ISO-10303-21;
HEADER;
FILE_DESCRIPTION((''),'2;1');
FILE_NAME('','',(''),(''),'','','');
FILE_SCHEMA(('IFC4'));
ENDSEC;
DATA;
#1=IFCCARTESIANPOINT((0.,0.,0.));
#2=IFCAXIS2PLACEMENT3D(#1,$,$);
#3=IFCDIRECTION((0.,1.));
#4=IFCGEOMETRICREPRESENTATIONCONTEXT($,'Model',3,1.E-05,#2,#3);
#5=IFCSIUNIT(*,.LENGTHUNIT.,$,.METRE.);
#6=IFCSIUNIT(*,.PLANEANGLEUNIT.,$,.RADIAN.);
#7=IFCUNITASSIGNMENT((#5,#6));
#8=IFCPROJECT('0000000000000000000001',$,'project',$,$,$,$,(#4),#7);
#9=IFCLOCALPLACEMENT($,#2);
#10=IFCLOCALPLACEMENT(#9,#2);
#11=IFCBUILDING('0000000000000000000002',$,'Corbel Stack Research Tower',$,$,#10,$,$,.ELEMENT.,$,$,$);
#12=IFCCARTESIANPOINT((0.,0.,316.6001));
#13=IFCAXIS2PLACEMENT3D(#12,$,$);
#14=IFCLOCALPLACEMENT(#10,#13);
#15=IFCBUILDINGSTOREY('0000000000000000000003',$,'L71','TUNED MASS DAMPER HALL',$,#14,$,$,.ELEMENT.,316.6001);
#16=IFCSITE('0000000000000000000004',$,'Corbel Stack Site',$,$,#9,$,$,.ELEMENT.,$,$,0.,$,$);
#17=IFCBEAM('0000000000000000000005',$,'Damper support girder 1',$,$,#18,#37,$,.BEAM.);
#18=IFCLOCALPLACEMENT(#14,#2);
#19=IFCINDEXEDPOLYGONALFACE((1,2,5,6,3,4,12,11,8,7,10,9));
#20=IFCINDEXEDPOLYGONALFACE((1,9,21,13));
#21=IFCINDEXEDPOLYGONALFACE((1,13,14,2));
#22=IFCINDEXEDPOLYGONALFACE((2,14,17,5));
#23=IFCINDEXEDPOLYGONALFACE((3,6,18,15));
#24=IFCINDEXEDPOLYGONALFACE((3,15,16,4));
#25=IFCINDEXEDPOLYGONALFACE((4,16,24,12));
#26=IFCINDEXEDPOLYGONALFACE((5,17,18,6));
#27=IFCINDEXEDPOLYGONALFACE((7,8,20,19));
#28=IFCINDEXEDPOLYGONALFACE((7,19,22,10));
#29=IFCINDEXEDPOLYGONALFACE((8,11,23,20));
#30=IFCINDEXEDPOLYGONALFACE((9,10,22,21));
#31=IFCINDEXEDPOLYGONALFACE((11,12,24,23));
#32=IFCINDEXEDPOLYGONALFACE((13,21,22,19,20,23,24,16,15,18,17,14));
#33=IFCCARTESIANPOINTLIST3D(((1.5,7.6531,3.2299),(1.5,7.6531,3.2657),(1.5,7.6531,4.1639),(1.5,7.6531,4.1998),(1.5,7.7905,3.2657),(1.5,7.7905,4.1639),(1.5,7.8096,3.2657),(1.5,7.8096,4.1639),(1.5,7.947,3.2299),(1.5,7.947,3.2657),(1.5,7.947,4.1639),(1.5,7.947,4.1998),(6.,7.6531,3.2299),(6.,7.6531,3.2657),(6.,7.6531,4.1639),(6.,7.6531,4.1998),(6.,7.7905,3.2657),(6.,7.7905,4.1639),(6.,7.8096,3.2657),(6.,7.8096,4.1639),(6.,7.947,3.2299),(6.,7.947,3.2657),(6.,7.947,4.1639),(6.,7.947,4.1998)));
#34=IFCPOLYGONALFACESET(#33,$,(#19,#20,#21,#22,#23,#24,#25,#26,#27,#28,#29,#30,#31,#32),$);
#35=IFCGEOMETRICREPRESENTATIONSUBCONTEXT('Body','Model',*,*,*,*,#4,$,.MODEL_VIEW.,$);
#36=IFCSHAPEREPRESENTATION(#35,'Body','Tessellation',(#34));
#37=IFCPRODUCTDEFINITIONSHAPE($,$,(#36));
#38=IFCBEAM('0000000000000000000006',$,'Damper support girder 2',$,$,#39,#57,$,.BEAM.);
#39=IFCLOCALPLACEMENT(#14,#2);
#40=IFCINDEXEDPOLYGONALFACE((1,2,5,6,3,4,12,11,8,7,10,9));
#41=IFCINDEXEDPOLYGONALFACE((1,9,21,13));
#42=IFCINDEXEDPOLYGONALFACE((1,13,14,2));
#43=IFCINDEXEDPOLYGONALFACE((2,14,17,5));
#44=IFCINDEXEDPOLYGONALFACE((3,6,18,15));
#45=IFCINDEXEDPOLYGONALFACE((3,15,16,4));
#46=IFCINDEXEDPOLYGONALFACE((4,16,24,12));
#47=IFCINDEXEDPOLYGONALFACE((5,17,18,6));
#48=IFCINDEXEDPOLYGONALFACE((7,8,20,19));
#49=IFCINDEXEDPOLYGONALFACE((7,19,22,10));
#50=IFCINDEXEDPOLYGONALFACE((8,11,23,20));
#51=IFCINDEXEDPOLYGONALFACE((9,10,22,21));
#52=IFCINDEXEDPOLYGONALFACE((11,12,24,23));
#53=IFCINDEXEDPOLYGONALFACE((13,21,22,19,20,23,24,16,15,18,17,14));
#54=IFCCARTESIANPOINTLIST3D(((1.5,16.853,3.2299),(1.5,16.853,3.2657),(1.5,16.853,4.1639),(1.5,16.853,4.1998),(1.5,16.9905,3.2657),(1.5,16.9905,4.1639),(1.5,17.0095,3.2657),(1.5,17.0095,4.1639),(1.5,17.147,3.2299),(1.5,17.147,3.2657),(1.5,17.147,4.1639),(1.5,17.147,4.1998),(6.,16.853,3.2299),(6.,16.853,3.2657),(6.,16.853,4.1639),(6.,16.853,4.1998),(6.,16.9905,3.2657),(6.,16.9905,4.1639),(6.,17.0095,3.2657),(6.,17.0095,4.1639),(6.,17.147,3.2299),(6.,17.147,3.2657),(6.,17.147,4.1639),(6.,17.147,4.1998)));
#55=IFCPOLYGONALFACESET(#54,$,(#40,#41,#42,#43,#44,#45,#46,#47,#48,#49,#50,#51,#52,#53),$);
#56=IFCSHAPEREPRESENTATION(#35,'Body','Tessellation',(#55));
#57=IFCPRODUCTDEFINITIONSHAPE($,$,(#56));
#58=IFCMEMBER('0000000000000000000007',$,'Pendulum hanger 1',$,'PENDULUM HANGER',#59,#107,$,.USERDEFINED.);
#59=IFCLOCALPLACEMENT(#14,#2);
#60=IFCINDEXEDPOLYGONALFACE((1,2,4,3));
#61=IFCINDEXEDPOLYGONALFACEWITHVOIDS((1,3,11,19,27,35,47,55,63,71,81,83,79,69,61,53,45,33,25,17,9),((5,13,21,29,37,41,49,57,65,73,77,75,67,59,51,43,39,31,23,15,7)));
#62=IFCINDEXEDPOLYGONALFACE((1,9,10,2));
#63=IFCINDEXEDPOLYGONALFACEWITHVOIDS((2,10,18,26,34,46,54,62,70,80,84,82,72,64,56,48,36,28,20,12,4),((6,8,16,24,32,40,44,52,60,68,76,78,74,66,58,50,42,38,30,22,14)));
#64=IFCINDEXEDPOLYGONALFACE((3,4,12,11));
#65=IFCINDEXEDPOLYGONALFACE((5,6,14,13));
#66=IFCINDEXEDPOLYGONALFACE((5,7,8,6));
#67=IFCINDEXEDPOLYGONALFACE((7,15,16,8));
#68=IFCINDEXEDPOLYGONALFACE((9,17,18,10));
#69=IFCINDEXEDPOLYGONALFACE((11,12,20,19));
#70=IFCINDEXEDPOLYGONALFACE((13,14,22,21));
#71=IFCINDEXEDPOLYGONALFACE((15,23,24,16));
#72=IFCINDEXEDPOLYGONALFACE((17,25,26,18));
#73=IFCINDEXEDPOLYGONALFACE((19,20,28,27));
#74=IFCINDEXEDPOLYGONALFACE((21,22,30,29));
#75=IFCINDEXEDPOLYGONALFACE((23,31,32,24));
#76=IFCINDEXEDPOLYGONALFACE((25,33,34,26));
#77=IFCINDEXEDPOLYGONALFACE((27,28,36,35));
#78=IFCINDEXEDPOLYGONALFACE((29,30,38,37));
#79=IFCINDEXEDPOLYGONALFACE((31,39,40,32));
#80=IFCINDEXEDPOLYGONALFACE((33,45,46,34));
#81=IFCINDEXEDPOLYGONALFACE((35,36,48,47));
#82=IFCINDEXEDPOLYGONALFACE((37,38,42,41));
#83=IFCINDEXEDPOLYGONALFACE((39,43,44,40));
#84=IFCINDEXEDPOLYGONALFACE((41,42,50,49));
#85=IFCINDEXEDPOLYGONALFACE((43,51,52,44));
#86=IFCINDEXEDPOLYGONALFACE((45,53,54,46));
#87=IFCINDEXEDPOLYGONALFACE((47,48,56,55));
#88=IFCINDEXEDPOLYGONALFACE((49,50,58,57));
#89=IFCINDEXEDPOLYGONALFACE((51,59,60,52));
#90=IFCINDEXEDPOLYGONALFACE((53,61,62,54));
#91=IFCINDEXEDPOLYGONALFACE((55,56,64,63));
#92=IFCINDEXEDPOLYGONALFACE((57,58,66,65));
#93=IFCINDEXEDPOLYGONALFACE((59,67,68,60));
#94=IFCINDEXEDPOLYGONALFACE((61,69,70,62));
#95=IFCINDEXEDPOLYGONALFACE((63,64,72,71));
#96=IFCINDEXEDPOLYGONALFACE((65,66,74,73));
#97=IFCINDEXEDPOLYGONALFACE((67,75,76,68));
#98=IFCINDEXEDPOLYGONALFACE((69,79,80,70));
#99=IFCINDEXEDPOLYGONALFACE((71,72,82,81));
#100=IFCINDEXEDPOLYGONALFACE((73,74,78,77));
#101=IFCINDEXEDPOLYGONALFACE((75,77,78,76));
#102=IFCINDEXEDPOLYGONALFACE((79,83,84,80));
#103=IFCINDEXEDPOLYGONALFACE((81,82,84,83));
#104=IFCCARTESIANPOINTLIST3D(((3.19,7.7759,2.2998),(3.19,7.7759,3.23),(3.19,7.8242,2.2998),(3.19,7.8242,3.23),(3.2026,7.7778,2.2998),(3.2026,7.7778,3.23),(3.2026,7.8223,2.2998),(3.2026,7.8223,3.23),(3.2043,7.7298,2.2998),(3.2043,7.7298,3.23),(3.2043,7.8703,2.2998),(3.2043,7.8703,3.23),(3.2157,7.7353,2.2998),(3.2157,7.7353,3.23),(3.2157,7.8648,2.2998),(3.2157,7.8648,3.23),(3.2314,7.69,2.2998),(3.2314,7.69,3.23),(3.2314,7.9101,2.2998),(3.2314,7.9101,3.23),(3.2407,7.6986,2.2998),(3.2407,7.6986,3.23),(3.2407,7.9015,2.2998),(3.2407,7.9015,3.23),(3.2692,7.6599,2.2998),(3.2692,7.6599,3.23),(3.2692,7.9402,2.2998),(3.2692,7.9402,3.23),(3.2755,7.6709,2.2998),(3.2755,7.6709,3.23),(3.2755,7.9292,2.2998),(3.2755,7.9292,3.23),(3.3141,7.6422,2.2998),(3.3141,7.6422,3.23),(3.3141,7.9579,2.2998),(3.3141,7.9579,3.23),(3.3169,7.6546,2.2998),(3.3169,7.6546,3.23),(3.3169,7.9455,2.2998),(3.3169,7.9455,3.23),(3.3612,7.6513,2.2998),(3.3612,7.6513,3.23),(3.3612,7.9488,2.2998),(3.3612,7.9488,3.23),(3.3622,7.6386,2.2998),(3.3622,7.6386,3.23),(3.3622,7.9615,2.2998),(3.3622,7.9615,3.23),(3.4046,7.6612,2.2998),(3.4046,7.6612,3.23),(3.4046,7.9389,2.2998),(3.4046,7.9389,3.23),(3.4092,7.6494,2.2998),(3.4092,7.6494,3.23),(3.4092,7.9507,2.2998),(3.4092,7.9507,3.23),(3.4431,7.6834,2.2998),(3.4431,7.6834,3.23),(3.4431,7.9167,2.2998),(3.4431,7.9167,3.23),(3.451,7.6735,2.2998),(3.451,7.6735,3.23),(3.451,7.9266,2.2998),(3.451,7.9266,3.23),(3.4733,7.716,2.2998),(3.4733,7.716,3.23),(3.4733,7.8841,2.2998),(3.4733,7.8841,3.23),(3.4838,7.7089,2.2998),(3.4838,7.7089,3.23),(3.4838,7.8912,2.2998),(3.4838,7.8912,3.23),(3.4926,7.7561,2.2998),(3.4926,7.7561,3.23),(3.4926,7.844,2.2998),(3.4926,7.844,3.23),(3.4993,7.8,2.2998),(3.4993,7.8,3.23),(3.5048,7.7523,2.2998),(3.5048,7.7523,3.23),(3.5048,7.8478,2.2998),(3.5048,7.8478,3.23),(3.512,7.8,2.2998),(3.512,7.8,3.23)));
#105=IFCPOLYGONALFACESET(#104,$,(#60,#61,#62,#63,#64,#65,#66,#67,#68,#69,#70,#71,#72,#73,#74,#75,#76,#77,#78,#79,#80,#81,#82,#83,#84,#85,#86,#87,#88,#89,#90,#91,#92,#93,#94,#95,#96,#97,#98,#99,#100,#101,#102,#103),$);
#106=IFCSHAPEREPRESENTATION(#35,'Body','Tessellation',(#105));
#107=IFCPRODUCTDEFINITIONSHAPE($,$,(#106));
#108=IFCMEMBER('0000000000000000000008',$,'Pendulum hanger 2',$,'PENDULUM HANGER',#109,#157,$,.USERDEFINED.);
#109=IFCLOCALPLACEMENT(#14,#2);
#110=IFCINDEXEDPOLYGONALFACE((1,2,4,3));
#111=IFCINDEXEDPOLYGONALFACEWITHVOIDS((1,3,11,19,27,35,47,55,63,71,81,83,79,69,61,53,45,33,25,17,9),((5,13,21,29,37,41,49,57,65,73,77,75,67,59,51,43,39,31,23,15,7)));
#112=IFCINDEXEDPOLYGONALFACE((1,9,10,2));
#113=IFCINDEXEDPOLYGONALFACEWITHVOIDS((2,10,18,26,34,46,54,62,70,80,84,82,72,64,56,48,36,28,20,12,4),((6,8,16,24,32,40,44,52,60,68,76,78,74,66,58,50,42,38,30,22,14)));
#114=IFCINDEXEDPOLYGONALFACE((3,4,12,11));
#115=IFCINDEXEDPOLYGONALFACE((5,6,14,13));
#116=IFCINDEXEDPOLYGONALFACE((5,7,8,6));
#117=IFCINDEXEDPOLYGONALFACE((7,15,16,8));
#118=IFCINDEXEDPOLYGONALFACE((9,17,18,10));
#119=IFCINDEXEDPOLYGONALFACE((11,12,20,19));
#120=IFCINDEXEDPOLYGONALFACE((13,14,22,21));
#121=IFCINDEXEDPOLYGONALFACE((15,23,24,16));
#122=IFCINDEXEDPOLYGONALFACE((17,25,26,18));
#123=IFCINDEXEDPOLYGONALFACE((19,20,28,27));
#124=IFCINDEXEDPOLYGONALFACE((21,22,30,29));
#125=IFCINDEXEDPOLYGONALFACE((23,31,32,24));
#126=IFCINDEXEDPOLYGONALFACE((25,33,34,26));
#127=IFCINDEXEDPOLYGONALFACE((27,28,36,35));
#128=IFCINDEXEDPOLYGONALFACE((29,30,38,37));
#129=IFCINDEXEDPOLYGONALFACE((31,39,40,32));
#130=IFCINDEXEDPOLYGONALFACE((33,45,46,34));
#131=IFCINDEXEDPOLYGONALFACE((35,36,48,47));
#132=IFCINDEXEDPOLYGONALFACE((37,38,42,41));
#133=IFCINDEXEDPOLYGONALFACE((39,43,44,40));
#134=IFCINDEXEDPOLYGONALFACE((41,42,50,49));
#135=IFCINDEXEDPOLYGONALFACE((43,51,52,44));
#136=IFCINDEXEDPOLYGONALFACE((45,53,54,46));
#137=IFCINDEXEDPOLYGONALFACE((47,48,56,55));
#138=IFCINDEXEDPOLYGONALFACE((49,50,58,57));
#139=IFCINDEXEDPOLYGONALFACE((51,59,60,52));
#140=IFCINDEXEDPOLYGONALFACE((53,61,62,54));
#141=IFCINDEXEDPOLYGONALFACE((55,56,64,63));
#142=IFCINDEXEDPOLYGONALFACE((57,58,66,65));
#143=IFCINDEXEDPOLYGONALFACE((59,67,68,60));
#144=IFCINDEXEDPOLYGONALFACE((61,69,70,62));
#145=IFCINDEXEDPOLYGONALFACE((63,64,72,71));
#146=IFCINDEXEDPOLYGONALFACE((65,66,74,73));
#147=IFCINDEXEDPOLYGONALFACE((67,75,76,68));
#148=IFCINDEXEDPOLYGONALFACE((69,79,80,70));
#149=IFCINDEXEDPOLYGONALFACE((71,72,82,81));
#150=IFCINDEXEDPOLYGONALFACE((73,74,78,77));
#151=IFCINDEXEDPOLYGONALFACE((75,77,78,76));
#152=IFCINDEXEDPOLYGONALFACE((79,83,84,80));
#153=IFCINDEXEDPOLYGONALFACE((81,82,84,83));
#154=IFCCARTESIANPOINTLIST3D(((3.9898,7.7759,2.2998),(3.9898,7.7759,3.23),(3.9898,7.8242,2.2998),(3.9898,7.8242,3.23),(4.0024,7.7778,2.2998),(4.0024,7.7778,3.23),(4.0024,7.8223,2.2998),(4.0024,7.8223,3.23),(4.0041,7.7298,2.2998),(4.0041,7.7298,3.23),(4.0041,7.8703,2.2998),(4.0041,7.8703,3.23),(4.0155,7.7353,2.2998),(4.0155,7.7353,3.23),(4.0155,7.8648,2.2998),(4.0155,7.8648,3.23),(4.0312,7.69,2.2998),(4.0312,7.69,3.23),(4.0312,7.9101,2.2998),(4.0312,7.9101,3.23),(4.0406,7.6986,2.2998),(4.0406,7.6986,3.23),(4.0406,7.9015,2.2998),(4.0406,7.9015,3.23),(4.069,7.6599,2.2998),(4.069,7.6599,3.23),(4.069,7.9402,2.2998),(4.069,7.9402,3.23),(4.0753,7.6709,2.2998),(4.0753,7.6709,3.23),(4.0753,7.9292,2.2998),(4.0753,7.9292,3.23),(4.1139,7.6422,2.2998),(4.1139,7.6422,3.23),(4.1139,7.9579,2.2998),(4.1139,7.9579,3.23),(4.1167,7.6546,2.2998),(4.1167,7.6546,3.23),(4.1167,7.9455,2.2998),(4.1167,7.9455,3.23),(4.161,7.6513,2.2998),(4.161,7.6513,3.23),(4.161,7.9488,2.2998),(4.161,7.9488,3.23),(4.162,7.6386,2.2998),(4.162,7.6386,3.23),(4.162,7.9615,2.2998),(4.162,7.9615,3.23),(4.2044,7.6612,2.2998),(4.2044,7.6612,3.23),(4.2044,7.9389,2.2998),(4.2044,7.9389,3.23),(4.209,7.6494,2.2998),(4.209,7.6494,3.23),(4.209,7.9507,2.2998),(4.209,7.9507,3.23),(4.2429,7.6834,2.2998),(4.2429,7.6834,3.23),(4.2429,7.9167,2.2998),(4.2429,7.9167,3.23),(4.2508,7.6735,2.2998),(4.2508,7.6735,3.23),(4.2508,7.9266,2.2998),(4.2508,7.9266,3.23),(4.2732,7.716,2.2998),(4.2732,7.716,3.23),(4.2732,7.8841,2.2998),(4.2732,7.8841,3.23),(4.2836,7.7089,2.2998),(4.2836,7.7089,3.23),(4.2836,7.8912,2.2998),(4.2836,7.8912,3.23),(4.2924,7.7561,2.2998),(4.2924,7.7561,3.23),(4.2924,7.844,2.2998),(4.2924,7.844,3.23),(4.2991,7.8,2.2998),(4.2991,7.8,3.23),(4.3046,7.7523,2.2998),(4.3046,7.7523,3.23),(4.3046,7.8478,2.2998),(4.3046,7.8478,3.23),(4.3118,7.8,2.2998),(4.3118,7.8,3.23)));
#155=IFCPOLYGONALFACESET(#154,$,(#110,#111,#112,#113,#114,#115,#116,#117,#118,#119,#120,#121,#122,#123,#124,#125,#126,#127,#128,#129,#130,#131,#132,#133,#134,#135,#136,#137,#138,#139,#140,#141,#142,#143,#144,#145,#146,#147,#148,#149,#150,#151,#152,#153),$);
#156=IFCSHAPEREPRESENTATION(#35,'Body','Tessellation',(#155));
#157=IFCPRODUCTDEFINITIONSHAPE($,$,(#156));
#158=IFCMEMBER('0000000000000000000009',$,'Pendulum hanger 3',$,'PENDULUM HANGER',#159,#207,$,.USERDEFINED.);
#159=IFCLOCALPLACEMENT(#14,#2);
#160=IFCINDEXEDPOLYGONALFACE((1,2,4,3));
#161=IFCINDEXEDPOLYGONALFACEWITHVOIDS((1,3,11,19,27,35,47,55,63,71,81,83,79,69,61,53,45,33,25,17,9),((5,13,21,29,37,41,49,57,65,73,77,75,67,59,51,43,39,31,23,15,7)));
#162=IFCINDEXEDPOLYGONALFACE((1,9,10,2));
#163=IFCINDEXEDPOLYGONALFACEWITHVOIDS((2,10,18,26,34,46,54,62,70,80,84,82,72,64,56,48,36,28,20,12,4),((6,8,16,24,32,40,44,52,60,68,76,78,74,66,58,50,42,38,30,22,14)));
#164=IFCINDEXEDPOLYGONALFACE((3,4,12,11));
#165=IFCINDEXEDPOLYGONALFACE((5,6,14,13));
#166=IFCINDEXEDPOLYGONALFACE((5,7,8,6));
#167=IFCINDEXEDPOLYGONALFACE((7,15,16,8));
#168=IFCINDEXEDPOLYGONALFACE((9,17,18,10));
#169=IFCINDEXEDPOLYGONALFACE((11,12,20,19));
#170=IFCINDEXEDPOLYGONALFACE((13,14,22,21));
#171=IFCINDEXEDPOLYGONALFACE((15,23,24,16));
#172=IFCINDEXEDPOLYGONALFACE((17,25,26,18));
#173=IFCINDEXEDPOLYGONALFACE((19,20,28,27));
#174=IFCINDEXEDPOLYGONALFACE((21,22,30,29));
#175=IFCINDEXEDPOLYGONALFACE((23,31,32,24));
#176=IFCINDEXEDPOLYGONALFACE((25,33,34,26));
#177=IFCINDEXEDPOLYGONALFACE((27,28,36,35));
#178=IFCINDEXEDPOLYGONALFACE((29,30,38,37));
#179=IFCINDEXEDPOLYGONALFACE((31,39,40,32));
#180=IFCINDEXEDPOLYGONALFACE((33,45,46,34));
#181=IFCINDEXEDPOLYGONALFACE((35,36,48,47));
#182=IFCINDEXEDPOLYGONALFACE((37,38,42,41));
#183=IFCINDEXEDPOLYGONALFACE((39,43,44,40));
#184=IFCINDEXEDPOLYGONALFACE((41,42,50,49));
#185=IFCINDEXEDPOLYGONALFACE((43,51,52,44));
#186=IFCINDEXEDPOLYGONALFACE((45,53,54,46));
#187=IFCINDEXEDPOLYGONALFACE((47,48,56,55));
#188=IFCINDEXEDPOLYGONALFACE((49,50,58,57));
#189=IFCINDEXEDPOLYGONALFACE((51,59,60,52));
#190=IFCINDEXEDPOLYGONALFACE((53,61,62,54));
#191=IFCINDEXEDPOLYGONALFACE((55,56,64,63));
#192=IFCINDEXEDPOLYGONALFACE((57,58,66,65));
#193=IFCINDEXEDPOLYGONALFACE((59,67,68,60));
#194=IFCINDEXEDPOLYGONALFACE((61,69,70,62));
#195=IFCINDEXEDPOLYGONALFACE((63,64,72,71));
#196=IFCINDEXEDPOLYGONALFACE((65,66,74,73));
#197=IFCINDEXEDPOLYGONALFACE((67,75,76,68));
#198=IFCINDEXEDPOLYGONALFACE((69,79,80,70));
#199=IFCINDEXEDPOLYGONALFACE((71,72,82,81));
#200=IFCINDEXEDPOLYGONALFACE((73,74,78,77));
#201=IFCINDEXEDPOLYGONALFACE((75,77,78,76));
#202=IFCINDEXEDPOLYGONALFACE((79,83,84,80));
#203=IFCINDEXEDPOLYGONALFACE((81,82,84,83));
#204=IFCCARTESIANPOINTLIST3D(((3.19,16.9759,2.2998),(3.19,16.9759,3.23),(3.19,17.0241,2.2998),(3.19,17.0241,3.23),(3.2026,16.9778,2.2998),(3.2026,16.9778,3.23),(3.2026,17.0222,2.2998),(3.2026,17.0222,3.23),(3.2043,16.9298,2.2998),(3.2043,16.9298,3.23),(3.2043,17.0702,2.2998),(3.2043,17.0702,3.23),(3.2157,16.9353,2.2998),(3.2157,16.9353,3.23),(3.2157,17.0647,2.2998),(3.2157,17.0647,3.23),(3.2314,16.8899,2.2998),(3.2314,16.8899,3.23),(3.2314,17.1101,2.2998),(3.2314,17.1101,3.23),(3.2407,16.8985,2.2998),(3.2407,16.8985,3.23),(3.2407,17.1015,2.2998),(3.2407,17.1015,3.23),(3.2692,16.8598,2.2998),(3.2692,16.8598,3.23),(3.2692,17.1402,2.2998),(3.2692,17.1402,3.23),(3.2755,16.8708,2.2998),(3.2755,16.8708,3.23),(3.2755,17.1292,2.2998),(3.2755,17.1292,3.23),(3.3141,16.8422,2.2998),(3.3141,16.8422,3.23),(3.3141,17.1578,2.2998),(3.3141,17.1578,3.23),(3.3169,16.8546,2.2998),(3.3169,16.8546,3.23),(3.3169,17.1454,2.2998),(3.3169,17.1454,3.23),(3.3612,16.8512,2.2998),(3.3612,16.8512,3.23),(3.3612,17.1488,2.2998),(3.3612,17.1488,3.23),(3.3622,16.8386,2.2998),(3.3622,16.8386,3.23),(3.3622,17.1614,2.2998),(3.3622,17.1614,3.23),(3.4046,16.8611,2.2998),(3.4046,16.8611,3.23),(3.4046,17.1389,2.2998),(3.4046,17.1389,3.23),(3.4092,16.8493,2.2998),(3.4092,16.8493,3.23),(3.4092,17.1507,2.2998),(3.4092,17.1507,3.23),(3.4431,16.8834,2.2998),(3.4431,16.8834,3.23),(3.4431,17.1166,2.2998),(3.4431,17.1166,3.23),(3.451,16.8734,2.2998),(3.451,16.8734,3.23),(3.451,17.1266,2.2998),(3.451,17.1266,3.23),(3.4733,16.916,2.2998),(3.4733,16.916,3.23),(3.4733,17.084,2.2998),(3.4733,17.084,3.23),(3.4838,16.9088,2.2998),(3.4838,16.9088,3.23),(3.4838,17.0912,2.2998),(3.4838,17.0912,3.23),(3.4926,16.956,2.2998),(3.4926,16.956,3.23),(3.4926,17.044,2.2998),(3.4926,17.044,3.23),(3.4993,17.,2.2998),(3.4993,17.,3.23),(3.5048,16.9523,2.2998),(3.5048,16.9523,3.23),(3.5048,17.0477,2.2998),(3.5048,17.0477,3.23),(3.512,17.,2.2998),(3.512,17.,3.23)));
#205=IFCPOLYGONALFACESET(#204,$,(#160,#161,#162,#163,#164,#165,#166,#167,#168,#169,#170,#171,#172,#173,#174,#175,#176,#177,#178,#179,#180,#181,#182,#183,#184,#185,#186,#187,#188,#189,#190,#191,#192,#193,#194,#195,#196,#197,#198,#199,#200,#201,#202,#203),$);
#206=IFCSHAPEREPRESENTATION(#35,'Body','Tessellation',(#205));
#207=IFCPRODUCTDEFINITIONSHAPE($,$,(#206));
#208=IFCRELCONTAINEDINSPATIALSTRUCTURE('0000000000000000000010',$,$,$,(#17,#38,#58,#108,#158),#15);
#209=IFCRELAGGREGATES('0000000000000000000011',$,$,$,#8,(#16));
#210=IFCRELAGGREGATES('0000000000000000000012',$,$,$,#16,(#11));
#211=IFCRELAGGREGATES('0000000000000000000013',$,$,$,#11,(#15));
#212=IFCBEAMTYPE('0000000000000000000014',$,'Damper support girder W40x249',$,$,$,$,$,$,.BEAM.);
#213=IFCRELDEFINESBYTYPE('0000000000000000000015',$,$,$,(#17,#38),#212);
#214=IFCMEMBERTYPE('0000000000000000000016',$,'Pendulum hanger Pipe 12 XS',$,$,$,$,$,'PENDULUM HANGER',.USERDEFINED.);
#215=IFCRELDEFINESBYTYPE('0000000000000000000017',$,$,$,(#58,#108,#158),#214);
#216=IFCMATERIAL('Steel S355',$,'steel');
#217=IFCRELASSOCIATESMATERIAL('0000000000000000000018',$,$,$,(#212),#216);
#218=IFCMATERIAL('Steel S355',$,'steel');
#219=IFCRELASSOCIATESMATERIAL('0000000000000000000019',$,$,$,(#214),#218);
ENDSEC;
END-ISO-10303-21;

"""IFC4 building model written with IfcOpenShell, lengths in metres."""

from ifc_helpers import new_model, si_unit, direction, frame, origin, origin_2d, place, context, subcontext, project, spatial, hollow_circle, i_section, extrude, material, material_profile, profile_set, type_object, element, save


model = new_model("IFC4")

# Units and contexts
model_context = context("Model", 3, precision=1e-05, world=origin(), true_north=direction((0.0, 1.0)))
body_context = subcontext(model_context, "Body", "Model", "MODEL_VIEW")
ifc_project = project(units=[si_unit("LENGTHUNIT", "METRE"), si_unit("PLANEANGLEUNIT", "RADIAN")], contexts=[model_context])

# Site, building, storey
site_placement = place(None, origin())
site = spatial("IfcSite", under=ifc_project, at=site_placement, Name="Corbel Stack Site", CompositionType="ELEMENT", RefElevation=0.0)
building_placement = place(site_placement, origin())
building = spatial("IfcBuilding", under=site, at=building_placement, Name="Corbel Stack Research Tower", CompositionType="ELEMENT")
storey_placement = place(building_placement, frame((0.0, 0.0, 316.6001)))
storey = spatial("IfcBuildingStorey", under=building, at=storey_placement, Name="L71", Description="TUNED MASS DAMPER HALL", CompositionType="ELEMENT", Elevation=316.6001)

# Beams
ifc_material_1 = material(Name="Steel S355", Category="steel")
ifc_material_profile_1 = material_profile(ifc_material_1, i_section(OverallWidth=0.2939, OverallDepth=0.97, WebThickness=0.019, FlangeThickness=0.0359, at=origin_2d()), Name="W40x249")
ifc_profile_set_1 = profile_set([ifc_material_profile_1], Name="Steel S355")
beam_type_1 = type_object("IfcBeamType", Name="Damper support girder W40x249", PredefinedType="BEAM", material=ifc_profile_set_1)
for number, where, z_axis, x_axis, name in (
    (1, (1.5, 7.8, 3.7148), (1.0, 0.0, 0.0), (0.0, 1.0, 0.0), "Damper support girder 1"),
    (2, (1.5, 17.0, 3.7148), (1.0, 0.0, 0.0), (0.0, 1.0, 0.0), "Damper support girder 2"),
):
    element("IfcBeam", number, at=place(storey_placement, frame(where, z_axis=z_axis, x_axis=x_axis)), inside=storey, type_object=beam_type_1, Name=name, PredefinedType="BEAM", context=body_context, shape_type="SweptSolid", body=[
        extrude(i_section(OverallWidth=0.2939, OverallDepth=0.97, WebThickness=0.019, FlangeThickness=0.0359, at=origin_2d()), origin(), (0.0, 0.0, 1.0), 4.5),
    ])

# Members
ifc_material_2 = material(Name="Steel S355", Category="steel")
ifc_material_profile_2 = material_profile(ifc_material_2, hollow_circle(Radius=0.1619, WallThickness=0.0127, at=origin_2d()), Name="Pipe 12 XS")
ifc_profile_set_2 = profile_set([ifc_material_profile_2], Name="Steel S355")
member_type = type_object("IfcMemberType", Name="Pendulum hanger Pipe 12 XS", ElementType="PENDULUM HANGER", PredefinedType="USERDEFINED", material=ifc_profile_set_2)
for number, where, z_axis, x_axis, name in (
    (3, (3.3501, 7.8, 2.2998), (0.0, 0.0, 1.0), (1.0, 0.0, 0.0), "Pendulum hanger 1"),
    (4, (4.1499, 7.8, 2.2998), (0.0, 0.0, 1.0), (1.0, 0.0, 0.0), "Pendulum hanger 2"),
    (5, (3.3501, 17.0, 2.2998), (0.0, 0.0, 1.0), (1.0, 0.0, 0.0), "Pendulum hanger 3"),
):
    element("IfcMember", number, at=place(storey_placement, frame(where, z_axis=z_axis, x_axis=x_axis)), inside=storey, type_object=member_type, Name=name, ObjectType="PENDULUM HANGER", PredefinedType="USERDEFINED", context=body_context, shape_type="SweptSolid", body=[
        extrude(hollow_circle(Radius=0.1619, WallThickness=0.0127, at=origin_2d()), origin(), (0.0, 0.0, 1.0), 0.9302),
    ])

save(model, "model.ifc")
